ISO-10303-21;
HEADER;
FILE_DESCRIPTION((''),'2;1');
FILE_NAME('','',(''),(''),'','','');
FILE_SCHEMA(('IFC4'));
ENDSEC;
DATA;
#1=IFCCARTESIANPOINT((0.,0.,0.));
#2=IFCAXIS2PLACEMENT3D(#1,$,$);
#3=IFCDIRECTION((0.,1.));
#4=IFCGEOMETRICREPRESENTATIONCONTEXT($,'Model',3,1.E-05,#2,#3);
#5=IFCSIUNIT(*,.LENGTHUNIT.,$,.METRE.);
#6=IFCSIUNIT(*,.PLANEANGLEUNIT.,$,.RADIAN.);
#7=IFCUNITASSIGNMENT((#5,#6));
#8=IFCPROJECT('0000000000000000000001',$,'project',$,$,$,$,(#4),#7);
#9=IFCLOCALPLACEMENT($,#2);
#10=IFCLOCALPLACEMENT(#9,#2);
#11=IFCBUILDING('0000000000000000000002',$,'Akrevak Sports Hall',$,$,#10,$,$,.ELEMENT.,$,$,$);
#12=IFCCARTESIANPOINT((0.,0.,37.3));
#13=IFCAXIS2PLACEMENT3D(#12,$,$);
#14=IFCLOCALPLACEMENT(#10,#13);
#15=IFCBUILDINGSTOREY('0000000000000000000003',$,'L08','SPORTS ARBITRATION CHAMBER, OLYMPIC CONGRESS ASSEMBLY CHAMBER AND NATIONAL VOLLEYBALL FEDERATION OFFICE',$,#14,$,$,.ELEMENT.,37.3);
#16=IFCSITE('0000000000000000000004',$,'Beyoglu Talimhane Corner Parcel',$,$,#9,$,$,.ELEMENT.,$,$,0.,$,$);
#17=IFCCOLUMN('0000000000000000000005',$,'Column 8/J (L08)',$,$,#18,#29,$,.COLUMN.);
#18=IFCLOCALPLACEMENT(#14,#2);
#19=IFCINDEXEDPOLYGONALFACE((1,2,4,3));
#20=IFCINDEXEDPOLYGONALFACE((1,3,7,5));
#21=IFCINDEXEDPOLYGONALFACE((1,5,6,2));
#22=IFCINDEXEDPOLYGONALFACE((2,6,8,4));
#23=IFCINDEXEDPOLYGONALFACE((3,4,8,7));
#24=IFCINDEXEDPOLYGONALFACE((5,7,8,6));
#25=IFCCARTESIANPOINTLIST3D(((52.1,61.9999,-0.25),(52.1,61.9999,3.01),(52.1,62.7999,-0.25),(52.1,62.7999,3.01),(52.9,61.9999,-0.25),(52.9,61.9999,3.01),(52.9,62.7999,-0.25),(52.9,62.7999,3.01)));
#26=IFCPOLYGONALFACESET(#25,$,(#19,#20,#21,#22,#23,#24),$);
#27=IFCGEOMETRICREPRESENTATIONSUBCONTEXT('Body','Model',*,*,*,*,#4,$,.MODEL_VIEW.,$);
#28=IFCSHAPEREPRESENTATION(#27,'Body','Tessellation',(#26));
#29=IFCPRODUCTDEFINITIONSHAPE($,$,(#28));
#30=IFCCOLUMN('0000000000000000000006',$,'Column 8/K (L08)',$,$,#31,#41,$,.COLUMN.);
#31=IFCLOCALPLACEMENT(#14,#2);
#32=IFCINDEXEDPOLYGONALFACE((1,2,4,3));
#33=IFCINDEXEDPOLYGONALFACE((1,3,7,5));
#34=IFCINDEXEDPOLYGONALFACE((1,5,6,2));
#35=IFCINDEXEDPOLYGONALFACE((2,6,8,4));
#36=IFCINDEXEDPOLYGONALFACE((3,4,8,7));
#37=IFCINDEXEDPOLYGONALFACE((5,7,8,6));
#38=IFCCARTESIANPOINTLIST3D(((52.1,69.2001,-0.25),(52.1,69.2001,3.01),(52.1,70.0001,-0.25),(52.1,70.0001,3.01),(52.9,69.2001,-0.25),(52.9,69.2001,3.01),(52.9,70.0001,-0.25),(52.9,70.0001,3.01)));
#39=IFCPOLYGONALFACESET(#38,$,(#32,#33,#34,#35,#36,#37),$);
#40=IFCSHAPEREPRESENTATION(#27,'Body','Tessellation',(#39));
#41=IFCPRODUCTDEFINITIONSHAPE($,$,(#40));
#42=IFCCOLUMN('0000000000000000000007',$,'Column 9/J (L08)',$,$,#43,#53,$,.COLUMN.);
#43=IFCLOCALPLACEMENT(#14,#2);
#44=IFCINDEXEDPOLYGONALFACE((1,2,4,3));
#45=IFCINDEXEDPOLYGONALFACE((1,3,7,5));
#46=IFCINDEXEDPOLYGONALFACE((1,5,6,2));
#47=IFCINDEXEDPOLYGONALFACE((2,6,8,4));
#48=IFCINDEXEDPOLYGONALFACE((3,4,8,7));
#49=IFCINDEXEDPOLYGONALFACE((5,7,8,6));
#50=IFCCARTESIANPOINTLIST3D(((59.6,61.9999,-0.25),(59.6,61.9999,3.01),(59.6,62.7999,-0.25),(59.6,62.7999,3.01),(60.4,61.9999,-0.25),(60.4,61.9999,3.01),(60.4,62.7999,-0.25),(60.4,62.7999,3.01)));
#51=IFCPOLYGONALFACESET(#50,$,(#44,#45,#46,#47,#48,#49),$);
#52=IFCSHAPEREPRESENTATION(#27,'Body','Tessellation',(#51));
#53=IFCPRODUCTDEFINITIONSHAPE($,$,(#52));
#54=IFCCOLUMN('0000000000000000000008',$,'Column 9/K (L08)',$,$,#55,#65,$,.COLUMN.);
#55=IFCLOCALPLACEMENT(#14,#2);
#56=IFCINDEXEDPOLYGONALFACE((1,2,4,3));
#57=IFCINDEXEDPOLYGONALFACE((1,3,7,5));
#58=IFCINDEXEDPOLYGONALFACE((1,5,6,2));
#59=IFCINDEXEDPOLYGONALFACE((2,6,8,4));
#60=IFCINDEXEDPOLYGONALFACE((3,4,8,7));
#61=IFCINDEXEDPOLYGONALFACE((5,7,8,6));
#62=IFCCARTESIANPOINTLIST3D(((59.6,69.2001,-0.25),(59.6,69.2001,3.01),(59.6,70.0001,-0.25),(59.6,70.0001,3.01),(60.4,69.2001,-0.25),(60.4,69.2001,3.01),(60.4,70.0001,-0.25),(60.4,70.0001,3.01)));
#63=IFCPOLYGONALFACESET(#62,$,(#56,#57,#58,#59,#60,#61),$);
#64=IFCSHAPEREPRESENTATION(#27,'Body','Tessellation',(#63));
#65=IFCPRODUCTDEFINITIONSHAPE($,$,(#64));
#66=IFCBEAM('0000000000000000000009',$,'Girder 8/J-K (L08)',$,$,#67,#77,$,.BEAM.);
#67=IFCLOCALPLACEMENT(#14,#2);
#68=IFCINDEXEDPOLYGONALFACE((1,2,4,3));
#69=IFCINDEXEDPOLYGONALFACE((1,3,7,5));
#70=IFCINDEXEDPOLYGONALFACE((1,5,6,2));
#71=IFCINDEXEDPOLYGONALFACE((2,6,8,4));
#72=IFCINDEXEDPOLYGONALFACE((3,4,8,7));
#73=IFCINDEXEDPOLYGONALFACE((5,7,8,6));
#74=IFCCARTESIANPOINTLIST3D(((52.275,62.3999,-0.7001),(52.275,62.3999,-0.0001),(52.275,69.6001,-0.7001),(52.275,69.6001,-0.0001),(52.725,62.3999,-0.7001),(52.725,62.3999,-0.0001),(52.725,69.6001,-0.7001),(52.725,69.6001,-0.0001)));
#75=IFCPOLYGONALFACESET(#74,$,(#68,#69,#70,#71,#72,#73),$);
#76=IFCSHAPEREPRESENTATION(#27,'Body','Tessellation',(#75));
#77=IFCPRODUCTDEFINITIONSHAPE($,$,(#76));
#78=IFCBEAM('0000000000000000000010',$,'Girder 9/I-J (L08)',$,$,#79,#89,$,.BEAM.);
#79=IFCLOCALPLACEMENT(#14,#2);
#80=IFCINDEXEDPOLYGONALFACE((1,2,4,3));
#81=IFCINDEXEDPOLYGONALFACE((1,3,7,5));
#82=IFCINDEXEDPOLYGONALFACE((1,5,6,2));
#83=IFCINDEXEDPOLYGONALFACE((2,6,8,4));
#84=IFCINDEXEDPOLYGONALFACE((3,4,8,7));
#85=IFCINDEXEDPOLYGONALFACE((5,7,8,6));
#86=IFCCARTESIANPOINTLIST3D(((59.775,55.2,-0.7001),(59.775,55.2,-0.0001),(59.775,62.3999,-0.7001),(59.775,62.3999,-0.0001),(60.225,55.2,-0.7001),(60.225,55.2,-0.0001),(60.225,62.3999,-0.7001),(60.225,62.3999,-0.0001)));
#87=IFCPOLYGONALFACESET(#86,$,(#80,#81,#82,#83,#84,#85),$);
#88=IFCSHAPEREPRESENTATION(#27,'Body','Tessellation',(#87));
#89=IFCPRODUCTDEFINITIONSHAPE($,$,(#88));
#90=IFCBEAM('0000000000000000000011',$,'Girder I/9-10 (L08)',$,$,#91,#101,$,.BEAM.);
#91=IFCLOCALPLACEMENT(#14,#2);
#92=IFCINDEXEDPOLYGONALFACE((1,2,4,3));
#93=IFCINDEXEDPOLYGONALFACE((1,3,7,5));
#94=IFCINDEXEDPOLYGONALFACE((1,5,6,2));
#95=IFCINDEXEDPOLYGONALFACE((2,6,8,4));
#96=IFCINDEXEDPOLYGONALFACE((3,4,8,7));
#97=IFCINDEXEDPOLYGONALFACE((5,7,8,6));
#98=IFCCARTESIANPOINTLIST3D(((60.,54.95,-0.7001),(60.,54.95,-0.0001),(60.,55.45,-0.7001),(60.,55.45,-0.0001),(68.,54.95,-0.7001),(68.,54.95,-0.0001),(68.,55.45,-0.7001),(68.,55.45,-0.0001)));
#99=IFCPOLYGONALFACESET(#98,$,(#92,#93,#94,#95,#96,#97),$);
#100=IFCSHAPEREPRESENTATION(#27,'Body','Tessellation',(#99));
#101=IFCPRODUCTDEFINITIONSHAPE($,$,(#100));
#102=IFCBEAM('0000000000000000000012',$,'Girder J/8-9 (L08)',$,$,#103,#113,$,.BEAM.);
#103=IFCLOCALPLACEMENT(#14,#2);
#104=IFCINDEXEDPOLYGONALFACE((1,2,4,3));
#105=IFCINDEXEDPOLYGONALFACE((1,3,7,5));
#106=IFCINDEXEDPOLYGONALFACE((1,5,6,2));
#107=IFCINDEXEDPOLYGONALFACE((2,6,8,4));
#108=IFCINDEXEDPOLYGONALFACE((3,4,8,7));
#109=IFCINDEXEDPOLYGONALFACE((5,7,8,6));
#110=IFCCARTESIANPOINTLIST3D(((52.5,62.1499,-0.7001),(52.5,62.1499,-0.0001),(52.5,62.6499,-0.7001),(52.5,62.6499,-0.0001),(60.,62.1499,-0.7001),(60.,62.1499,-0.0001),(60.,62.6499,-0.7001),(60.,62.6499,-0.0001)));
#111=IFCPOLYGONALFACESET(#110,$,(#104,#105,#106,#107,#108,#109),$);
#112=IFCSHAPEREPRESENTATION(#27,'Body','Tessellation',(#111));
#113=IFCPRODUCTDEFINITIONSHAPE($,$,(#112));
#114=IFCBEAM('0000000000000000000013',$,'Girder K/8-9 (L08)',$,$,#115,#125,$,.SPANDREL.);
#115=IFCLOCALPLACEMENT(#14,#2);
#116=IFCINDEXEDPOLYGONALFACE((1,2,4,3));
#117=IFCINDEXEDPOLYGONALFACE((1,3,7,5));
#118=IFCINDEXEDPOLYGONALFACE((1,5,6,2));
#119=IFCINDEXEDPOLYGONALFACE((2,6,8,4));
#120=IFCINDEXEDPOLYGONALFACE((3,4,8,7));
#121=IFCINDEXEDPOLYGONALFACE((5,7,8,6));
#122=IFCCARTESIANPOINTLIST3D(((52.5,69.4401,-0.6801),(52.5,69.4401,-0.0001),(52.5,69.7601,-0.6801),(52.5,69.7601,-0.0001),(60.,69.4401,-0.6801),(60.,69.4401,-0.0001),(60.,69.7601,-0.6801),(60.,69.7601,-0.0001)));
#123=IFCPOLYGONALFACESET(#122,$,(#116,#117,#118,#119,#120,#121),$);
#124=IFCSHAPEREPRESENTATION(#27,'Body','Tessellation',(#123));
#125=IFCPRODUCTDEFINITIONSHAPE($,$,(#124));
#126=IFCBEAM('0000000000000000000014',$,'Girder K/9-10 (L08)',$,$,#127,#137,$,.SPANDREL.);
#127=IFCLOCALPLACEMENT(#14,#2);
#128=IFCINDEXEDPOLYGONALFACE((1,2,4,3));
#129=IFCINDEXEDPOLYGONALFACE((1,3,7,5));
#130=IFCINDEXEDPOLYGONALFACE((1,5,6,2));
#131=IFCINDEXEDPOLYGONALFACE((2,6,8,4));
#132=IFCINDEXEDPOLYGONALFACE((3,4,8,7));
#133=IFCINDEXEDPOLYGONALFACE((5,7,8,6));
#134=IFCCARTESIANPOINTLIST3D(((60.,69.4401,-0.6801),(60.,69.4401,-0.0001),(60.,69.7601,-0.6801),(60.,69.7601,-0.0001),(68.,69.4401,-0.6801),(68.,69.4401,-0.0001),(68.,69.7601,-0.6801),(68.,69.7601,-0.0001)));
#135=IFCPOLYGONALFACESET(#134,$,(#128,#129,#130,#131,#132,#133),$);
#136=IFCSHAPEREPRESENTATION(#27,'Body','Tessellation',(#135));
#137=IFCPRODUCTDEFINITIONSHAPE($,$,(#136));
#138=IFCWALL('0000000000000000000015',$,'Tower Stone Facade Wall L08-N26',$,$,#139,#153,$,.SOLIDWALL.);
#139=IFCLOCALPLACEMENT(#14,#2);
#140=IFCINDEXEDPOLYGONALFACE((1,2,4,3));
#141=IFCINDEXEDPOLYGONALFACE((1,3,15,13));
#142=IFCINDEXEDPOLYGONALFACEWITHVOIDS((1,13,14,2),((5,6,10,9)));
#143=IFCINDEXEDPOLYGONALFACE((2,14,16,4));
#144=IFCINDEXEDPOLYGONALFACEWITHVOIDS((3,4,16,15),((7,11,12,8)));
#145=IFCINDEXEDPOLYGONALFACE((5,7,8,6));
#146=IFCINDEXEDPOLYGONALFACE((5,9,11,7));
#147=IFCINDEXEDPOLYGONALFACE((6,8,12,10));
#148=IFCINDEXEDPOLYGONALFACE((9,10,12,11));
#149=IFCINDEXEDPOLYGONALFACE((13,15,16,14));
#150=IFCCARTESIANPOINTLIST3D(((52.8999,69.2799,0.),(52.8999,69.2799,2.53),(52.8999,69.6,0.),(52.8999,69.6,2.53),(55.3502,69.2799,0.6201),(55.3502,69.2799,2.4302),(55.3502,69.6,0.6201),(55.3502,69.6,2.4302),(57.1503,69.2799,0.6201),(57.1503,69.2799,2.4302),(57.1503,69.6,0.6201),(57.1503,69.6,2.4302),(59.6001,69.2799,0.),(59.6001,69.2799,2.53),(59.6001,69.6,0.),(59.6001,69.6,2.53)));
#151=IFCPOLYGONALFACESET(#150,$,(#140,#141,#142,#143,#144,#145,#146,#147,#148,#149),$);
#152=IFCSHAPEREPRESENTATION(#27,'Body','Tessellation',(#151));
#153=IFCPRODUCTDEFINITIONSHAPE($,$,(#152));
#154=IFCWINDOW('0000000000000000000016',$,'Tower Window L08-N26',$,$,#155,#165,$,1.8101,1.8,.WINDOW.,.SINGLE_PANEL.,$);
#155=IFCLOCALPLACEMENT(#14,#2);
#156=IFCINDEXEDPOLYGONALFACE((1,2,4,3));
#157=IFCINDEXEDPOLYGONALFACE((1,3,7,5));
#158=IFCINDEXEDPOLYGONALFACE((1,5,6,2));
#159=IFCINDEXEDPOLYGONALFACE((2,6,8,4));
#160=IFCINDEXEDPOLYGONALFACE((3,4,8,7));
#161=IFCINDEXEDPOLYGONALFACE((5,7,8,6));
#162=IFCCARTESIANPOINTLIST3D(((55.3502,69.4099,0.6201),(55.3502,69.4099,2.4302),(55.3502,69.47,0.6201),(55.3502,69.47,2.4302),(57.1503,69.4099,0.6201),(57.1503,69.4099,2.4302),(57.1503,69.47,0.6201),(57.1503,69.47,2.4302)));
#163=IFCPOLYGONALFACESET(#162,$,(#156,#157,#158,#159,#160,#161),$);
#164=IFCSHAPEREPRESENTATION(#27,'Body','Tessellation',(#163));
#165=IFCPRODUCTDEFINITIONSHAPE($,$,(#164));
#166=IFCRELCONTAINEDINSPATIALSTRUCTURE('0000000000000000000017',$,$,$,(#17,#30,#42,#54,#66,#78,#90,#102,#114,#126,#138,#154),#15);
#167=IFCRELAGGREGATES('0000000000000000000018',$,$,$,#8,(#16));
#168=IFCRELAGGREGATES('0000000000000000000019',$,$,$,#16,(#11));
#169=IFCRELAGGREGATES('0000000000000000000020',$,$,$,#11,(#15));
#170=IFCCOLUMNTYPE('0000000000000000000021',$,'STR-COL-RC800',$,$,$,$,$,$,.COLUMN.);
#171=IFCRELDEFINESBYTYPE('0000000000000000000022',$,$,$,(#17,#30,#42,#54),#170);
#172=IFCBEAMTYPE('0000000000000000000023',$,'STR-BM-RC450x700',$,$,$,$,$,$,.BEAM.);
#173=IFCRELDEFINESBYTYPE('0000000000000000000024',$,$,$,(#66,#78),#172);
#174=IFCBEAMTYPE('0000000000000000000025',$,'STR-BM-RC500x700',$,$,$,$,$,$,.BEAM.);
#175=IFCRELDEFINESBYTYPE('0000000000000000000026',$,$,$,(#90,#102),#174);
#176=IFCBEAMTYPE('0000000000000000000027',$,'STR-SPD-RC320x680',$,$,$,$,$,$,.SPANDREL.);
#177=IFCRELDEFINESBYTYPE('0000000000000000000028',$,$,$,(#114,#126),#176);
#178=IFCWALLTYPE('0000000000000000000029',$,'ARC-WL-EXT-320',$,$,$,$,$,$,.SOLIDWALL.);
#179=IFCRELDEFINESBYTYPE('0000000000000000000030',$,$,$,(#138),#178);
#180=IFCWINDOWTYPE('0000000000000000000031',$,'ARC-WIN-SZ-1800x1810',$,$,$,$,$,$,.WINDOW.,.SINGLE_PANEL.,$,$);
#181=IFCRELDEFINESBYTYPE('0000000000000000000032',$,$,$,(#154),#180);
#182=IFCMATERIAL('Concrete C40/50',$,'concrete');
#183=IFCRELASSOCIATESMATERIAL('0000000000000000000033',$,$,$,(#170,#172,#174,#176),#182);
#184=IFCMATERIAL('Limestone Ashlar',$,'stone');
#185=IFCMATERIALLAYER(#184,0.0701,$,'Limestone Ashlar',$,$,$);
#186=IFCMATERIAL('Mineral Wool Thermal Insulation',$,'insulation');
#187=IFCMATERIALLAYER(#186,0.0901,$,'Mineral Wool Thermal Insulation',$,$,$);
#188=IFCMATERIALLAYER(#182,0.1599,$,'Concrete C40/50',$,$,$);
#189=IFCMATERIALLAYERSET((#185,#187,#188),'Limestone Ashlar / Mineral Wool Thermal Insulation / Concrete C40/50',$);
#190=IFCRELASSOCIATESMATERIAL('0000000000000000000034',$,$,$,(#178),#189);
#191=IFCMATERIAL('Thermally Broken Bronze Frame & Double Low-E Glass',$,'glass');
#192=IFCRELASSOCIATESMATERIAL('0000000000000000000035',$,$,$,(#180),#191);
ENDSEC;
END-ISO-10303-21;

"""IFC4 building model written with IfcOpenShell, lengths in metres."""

from ifc_helpers import new_model, si_unit, direction, frame, frame_2d, origin, origin_2d, place, context, subcontext, project, spatial, rectangle, extrude, material, layer, layer_set, material_profile, profile_set, type_object, element, fill, save


model = new_model("IFC4")

# Units and contexts
model_context = context("Model", 3, precision=1e-05, world=origin(), true_north=direction((0.0, 1.0)))
body_context = subcontext(model_context, "Body", "Model", "MODEL_VIEW")
ifc_project = project(units=[si_unit("LENGTHUNIT", "METRE"), si_unit("PLANEANGLEUNIT", "RADIAN")], contexts=[model_context])

# Site, building, storey
site_placement = place(None, origin())
site = spatial("IfcSite", under=ifc_project, at=site_placement, Name="Beyoglu Talimhane Corner Parcel", CompositionType="ELEMENT", RefElevation=0.0)
building_placement = place(site_placement, origin())
building = spatial("IfcBuilding", under=site, at=building_placement, Name="Akrevak Sports Hall", CompositionType="ELEMENT")
storey_placement = place(building_placement, frame((0.0, 0.0, 37.3)))
storey = spatial("IfcBuildingStorey", under=building, at=storey_placement, Name="L08", Description="SPORTS ARBITRATION CHAMBER, OLYMPIC CONGRESS ASSEMBLY CHAMBER AND NATIONAL VOLLEYBALL FEDERATION OFFICE", CompositionType="ELEMENT", Elevation=37.3)

# Columns
ifc_material_1 = material(Name="Concrete C40/50", Category="concrete")
ifc_material_profile_1 = material_profile(ifc_material_1, rectangle(XDim=0.8, YDim=0.8, at=origin_2d()), Name="RC 800x800", Category="concrete")
ifc_profile_set_1 = profile_set([ifc_material_profile_1], Name="Concrete C40/50")
column_type = type_object("IfcColumnType", Name="STR-COL-RC800", PredefinedType="COLUMN", material=ifc_profile_set_1)
for number, where, z_axis, x_axis, name in (
    (1, (52.5, 62.3999, -0.25), (0.0, 0.0, 1.0), (1.0, 0.0, 0.0), "Column 8/J (L08)"),
    (2, (52.5, 69.6001, -0.25), (0.0, 0.0, 1.0), (1.0, 0.0, 0.0), "Column 8/K (L08)"),
    (3, (60.0, 62.3999, -0.25), (0.0, 0.0, 1.0), (1.0, 0.0, 0.0), "Column 9/J (L08)"),
    (4, (60.0, 69.6001, -0.25), (0.0, 0.0, 1.0), (1.0, 0.0, 0.0), "Column 9/K (L08)"),
):
    element("IfcColumn", number, at=place(storey_placement, frame(where, z_axis=z_axis, x_axis=x_axis)), inside=storey, type_object=column_type, Name=name, PredefinedType="COLUMN", context=body_context, shape_type="SweptSolid", body=[
        extrude(rectangle(XDim=0.8, YDim=0.8, at=origin_2d()), origin(), (0.0, 0.0, 1.0), 3.26),
    ])

# Beams
ifc_material_profile_2 = material_profile(ifc_material_1, rectangle(XDim=0.45, YDim=0.7, at=origin_2d()), Name="BM 450x700", Category="concrete")
ifc_profile_set_2 = profile_set([ifc_material_profile_2], Name="Concrete C40/50")
beam_type_1 = type_object("IfcBeamType", Name="STR-BM-RC450x700", PredefinedType="BEAM", material=ifc_profile_set_2)
beam_1_placement = place(storey_placement, frame((52.5, 62.3999, -0.3501), z_axis=(0.0, 1.0, 0.0), x_axis=(-1.0, 0.0, 0.0)))
element("IfcBeam", 5, at=beam_1_placement, inside=storey, type_object=beam_type_1, Name="Girder 8/J-K (L08)", PredefinedType="BEAM", context=body_context, shape_type="SweptSolid", body=[
    extrude(rectangle(XDim=0.45, YDim=0.7, at=origin_2d()), origin(), (0.0, 0.0, 1.0), 7.2002),
])
beam_2_placement = place(storey_placement, frame((60.0, 55.2, -0.3501), z_axis=(0.0, 1.0, 0.0), x_axis=(-1.0, 0.0, 0.0)))
element("IfcBeam", 6, at=beam_2_placement, inside=storey, type_object=beam_type_1, Name="Girder 9/I-J (L08)", PredefinedType="BEAM", context=body_context, shape_type="SweptSolid", body=[
    extrude(rectangle(XDim=0.45, YDim=0.7, at=origin_2d()), origin(), (0.0, 0.0, 1.0), 7.2),
])
ifc_material_profile_3 = material_profile(ifc_material_1, rectangle(XDim=0.5, YDim=0.7, at=origin_2d()), Name="BM 500x700", Category="concrete")
ifc_profile_set_3 = profile_set([ifc_material_profile_3], Name="Concrete C40/50")
beam_type_2 = type_object("IfcBeamType", Name="STR-BM-RC500x700", PredefinedType="BEAM", material=ifc_profile_set_3)
beam_3_placement = place(storey_placement, frame((60.0, 55.2, -0.3501), z_axis=(1.0, 0.0, 0.0), x_axis=(0.0, 1.0, 0.0)))
element("IfcBeam", 7, at=beam_3_placement, inside=storey, type_object=beam_type_2, Name="Girder I/9-10 (L08)", PredefinedType="BEAM", context=body_context, shape_type="SweptSolid", body=[
    extrude(rectangle(XDim=0.5, YDim=0.7, at=origin_2d()), origin(), (0.0, 0.0, 1.0), 8.0),
])
beam_4_placement = place(storey_placement, frame((52.5, 62.3999, -0.3501), z_axis=(1.0, 0.0, 0.0), x_axis=(0.0, 1.0, 0.0)))
element("IfcBeam", 8, at=beam_4_placement, inside=storey, type_object=beam_type_2, Name="Girder J/8-9 (L08)", PredefinedType="BEAM", context=body_context, shape_type="SweptSolid", body=[
    extrude(rectangle(XDim=0.5, YDim=0.7, at=origin_2d()), origin(), (0.0, 0.0, 1.0), 7.5),
])
ifc_material_profile_4 = material_profile(ifc_material_1, rectangle(XDim=0.3201, YDim=0.6799, at=origin_2d()), Name="SPD 320x680", Category="concrete")
ifc_profile_set_4 = profile_set([ifc_material_profile_4], Name="Concrete C40/50")
beam_type_3 = type_object("IfcBeamType", Name="STR-SPD-RC320x680", PredefinedType="SPANDREL", material=ifc_profile_set_4)
beam_5_placement = place(storey_placement, frame((52.5, 69.6001, -0.3401), z_axis=(1.0, 0.0, 0.0), x_axis=(0.0, 1.0, 0.0)))
element("IfcBeam", 9, at=beam_5_placement, inside=storey, type_object=beam_type_3, Name="Girder K/8-9 (L08)", PredefinedType="SPANDREL", context=body_context, shape_type="SweptSolid", body=[
    extrude(rectangle(XDim=0.3201, YDim=0.6799, at=origin_2d()), origin(), (0.0, 0.0, 1.0), 7.5),
])
beam_6_placement = place(storey_placement, frame((60.0, 69.6001, -0.3401), z_axis=(1.0, 0.0, 0.0), x_axis=(0.0, 1.0, 0.0)))
element("IfcBeam", 10, at=beam_6_placement, inside=storey, type_object=beam_type_3, Name="Girder K/9-10 (L08)", PredefinedType="SPANDREL", context=body_context, shape_type="SweptSolid", body=[
    extrude(rectangle(XDim=0.3201, YDim=0.6799, at=origin_2d()), origin(), (0.0, 0.0, 1.0), 8.0),
])

# Wall, opening, window
ifc_material_2 = material(Name="Limestone Ashlar", Category="stone")
ifc_layer_1 = layer(ifc_material_2, 0.0701, Name="Limestone Ashlar")
ifc_material_3 = material(Name="Mineral Wool Thermal Insulation", Category="insulation")
ifc_layer_2 = layer(ifc_material_3, 0.0901, Name="Mineral Wool Thermal Insulation")
ifc_layer_3 = layer(ifc_material_1, 0.1599, Name="Concrete C40/50")
ifc_layer_set_1 = layer_set([ifc_layer_1, ifc_layer_2, ifc_layer_3], Name="Limestone Ashlar / Mineral Wool Thermal Insulation / Concrete C40/50")
wall_type_1 = type_object("IfcWallType", Name="ARC-WL-EXT-320", PredefinedType="SOLIDWALL", material=ifc_layer_set_1)
wall_1_placement = place(storey_placement, frame((59.6001, 69.4399, 0.0), z_axis=(0.0, 0.0, 1.0), x_axis=(-1.0, 0.0, 0.0)))
wall_1 = element("IfcWall", 11, at=wall_1_placement, inside=storey, type_object=wall_type_1, Name="Tower Stone Facade Wall L08-N26", PredefinedType="SOLIDWALL", context=body_context, shape_type="SweptSolid", body=[
    extrude(rectangle(XDim=6.7002, YDim=0.3201, at=frame_2d((3.3501, 0.0))), origin(), (0.0, 0.0, 1.0), 2.53),
])
opening_1_placement = place(wall_1_placement, frame((2.45, 0.0, 0.6201)))
opening_1 = element("IfcOpeningElement", 12, at=opening_1_placement, cuts=wall_1, PredefinedType="OPENING", context=body_context, shape_type="SweptSolid", body=[
    extrude(rectangle(XDim=1.8, YDim=1.8101, at=frame_2d((0.8999, 0.905))), frame((0.0, 0.1719, 0.0), z_axis=(0.0, -1.0, 0.0), x_axis=(1.0, 0.0, 0.0)), (0.0, 0.0, 1.0), 0.344),
])
ifc_material_4 = material(Name="Thermally Broken Bronze Frame & Double Low-E Glass", Category="glass")
window_type_1 = type_object("IfcWindowType", Name="ARC-WIN-SZ-1800x1810", PartitioningType="SINGLE_PANEL", PredefinedType="WINDOW", material=ifc_material_4)
window_1_placement = place(opening_1_placement, origin())
window_1 = element("IfcWindow", 13, at=window_1_placement, inside=storey, type_object=window_type_1, Name="Tower Window L08-N26", OverallHeight=1.8101, OverallWidth=1.8, PartitioningType="SINGLE_PANEL", PredefinedType="WINDOW", context=body_context, shape_type="SweptSolid", body=[
    extrude(rectangle(XDim=1.8, YDim=1.8101, at=frame_2d((0.8999, 0.905))), frame((0.0, 0.03, 0.0), z_axis=(0.0, -1.0, 0.0), x_axis=(1.0, 0.0, 0.0)), (0.0, 0.0, 1.0), 0.0601),
])
fill(opening_1, window_1)

save(model, "model.ifc")
